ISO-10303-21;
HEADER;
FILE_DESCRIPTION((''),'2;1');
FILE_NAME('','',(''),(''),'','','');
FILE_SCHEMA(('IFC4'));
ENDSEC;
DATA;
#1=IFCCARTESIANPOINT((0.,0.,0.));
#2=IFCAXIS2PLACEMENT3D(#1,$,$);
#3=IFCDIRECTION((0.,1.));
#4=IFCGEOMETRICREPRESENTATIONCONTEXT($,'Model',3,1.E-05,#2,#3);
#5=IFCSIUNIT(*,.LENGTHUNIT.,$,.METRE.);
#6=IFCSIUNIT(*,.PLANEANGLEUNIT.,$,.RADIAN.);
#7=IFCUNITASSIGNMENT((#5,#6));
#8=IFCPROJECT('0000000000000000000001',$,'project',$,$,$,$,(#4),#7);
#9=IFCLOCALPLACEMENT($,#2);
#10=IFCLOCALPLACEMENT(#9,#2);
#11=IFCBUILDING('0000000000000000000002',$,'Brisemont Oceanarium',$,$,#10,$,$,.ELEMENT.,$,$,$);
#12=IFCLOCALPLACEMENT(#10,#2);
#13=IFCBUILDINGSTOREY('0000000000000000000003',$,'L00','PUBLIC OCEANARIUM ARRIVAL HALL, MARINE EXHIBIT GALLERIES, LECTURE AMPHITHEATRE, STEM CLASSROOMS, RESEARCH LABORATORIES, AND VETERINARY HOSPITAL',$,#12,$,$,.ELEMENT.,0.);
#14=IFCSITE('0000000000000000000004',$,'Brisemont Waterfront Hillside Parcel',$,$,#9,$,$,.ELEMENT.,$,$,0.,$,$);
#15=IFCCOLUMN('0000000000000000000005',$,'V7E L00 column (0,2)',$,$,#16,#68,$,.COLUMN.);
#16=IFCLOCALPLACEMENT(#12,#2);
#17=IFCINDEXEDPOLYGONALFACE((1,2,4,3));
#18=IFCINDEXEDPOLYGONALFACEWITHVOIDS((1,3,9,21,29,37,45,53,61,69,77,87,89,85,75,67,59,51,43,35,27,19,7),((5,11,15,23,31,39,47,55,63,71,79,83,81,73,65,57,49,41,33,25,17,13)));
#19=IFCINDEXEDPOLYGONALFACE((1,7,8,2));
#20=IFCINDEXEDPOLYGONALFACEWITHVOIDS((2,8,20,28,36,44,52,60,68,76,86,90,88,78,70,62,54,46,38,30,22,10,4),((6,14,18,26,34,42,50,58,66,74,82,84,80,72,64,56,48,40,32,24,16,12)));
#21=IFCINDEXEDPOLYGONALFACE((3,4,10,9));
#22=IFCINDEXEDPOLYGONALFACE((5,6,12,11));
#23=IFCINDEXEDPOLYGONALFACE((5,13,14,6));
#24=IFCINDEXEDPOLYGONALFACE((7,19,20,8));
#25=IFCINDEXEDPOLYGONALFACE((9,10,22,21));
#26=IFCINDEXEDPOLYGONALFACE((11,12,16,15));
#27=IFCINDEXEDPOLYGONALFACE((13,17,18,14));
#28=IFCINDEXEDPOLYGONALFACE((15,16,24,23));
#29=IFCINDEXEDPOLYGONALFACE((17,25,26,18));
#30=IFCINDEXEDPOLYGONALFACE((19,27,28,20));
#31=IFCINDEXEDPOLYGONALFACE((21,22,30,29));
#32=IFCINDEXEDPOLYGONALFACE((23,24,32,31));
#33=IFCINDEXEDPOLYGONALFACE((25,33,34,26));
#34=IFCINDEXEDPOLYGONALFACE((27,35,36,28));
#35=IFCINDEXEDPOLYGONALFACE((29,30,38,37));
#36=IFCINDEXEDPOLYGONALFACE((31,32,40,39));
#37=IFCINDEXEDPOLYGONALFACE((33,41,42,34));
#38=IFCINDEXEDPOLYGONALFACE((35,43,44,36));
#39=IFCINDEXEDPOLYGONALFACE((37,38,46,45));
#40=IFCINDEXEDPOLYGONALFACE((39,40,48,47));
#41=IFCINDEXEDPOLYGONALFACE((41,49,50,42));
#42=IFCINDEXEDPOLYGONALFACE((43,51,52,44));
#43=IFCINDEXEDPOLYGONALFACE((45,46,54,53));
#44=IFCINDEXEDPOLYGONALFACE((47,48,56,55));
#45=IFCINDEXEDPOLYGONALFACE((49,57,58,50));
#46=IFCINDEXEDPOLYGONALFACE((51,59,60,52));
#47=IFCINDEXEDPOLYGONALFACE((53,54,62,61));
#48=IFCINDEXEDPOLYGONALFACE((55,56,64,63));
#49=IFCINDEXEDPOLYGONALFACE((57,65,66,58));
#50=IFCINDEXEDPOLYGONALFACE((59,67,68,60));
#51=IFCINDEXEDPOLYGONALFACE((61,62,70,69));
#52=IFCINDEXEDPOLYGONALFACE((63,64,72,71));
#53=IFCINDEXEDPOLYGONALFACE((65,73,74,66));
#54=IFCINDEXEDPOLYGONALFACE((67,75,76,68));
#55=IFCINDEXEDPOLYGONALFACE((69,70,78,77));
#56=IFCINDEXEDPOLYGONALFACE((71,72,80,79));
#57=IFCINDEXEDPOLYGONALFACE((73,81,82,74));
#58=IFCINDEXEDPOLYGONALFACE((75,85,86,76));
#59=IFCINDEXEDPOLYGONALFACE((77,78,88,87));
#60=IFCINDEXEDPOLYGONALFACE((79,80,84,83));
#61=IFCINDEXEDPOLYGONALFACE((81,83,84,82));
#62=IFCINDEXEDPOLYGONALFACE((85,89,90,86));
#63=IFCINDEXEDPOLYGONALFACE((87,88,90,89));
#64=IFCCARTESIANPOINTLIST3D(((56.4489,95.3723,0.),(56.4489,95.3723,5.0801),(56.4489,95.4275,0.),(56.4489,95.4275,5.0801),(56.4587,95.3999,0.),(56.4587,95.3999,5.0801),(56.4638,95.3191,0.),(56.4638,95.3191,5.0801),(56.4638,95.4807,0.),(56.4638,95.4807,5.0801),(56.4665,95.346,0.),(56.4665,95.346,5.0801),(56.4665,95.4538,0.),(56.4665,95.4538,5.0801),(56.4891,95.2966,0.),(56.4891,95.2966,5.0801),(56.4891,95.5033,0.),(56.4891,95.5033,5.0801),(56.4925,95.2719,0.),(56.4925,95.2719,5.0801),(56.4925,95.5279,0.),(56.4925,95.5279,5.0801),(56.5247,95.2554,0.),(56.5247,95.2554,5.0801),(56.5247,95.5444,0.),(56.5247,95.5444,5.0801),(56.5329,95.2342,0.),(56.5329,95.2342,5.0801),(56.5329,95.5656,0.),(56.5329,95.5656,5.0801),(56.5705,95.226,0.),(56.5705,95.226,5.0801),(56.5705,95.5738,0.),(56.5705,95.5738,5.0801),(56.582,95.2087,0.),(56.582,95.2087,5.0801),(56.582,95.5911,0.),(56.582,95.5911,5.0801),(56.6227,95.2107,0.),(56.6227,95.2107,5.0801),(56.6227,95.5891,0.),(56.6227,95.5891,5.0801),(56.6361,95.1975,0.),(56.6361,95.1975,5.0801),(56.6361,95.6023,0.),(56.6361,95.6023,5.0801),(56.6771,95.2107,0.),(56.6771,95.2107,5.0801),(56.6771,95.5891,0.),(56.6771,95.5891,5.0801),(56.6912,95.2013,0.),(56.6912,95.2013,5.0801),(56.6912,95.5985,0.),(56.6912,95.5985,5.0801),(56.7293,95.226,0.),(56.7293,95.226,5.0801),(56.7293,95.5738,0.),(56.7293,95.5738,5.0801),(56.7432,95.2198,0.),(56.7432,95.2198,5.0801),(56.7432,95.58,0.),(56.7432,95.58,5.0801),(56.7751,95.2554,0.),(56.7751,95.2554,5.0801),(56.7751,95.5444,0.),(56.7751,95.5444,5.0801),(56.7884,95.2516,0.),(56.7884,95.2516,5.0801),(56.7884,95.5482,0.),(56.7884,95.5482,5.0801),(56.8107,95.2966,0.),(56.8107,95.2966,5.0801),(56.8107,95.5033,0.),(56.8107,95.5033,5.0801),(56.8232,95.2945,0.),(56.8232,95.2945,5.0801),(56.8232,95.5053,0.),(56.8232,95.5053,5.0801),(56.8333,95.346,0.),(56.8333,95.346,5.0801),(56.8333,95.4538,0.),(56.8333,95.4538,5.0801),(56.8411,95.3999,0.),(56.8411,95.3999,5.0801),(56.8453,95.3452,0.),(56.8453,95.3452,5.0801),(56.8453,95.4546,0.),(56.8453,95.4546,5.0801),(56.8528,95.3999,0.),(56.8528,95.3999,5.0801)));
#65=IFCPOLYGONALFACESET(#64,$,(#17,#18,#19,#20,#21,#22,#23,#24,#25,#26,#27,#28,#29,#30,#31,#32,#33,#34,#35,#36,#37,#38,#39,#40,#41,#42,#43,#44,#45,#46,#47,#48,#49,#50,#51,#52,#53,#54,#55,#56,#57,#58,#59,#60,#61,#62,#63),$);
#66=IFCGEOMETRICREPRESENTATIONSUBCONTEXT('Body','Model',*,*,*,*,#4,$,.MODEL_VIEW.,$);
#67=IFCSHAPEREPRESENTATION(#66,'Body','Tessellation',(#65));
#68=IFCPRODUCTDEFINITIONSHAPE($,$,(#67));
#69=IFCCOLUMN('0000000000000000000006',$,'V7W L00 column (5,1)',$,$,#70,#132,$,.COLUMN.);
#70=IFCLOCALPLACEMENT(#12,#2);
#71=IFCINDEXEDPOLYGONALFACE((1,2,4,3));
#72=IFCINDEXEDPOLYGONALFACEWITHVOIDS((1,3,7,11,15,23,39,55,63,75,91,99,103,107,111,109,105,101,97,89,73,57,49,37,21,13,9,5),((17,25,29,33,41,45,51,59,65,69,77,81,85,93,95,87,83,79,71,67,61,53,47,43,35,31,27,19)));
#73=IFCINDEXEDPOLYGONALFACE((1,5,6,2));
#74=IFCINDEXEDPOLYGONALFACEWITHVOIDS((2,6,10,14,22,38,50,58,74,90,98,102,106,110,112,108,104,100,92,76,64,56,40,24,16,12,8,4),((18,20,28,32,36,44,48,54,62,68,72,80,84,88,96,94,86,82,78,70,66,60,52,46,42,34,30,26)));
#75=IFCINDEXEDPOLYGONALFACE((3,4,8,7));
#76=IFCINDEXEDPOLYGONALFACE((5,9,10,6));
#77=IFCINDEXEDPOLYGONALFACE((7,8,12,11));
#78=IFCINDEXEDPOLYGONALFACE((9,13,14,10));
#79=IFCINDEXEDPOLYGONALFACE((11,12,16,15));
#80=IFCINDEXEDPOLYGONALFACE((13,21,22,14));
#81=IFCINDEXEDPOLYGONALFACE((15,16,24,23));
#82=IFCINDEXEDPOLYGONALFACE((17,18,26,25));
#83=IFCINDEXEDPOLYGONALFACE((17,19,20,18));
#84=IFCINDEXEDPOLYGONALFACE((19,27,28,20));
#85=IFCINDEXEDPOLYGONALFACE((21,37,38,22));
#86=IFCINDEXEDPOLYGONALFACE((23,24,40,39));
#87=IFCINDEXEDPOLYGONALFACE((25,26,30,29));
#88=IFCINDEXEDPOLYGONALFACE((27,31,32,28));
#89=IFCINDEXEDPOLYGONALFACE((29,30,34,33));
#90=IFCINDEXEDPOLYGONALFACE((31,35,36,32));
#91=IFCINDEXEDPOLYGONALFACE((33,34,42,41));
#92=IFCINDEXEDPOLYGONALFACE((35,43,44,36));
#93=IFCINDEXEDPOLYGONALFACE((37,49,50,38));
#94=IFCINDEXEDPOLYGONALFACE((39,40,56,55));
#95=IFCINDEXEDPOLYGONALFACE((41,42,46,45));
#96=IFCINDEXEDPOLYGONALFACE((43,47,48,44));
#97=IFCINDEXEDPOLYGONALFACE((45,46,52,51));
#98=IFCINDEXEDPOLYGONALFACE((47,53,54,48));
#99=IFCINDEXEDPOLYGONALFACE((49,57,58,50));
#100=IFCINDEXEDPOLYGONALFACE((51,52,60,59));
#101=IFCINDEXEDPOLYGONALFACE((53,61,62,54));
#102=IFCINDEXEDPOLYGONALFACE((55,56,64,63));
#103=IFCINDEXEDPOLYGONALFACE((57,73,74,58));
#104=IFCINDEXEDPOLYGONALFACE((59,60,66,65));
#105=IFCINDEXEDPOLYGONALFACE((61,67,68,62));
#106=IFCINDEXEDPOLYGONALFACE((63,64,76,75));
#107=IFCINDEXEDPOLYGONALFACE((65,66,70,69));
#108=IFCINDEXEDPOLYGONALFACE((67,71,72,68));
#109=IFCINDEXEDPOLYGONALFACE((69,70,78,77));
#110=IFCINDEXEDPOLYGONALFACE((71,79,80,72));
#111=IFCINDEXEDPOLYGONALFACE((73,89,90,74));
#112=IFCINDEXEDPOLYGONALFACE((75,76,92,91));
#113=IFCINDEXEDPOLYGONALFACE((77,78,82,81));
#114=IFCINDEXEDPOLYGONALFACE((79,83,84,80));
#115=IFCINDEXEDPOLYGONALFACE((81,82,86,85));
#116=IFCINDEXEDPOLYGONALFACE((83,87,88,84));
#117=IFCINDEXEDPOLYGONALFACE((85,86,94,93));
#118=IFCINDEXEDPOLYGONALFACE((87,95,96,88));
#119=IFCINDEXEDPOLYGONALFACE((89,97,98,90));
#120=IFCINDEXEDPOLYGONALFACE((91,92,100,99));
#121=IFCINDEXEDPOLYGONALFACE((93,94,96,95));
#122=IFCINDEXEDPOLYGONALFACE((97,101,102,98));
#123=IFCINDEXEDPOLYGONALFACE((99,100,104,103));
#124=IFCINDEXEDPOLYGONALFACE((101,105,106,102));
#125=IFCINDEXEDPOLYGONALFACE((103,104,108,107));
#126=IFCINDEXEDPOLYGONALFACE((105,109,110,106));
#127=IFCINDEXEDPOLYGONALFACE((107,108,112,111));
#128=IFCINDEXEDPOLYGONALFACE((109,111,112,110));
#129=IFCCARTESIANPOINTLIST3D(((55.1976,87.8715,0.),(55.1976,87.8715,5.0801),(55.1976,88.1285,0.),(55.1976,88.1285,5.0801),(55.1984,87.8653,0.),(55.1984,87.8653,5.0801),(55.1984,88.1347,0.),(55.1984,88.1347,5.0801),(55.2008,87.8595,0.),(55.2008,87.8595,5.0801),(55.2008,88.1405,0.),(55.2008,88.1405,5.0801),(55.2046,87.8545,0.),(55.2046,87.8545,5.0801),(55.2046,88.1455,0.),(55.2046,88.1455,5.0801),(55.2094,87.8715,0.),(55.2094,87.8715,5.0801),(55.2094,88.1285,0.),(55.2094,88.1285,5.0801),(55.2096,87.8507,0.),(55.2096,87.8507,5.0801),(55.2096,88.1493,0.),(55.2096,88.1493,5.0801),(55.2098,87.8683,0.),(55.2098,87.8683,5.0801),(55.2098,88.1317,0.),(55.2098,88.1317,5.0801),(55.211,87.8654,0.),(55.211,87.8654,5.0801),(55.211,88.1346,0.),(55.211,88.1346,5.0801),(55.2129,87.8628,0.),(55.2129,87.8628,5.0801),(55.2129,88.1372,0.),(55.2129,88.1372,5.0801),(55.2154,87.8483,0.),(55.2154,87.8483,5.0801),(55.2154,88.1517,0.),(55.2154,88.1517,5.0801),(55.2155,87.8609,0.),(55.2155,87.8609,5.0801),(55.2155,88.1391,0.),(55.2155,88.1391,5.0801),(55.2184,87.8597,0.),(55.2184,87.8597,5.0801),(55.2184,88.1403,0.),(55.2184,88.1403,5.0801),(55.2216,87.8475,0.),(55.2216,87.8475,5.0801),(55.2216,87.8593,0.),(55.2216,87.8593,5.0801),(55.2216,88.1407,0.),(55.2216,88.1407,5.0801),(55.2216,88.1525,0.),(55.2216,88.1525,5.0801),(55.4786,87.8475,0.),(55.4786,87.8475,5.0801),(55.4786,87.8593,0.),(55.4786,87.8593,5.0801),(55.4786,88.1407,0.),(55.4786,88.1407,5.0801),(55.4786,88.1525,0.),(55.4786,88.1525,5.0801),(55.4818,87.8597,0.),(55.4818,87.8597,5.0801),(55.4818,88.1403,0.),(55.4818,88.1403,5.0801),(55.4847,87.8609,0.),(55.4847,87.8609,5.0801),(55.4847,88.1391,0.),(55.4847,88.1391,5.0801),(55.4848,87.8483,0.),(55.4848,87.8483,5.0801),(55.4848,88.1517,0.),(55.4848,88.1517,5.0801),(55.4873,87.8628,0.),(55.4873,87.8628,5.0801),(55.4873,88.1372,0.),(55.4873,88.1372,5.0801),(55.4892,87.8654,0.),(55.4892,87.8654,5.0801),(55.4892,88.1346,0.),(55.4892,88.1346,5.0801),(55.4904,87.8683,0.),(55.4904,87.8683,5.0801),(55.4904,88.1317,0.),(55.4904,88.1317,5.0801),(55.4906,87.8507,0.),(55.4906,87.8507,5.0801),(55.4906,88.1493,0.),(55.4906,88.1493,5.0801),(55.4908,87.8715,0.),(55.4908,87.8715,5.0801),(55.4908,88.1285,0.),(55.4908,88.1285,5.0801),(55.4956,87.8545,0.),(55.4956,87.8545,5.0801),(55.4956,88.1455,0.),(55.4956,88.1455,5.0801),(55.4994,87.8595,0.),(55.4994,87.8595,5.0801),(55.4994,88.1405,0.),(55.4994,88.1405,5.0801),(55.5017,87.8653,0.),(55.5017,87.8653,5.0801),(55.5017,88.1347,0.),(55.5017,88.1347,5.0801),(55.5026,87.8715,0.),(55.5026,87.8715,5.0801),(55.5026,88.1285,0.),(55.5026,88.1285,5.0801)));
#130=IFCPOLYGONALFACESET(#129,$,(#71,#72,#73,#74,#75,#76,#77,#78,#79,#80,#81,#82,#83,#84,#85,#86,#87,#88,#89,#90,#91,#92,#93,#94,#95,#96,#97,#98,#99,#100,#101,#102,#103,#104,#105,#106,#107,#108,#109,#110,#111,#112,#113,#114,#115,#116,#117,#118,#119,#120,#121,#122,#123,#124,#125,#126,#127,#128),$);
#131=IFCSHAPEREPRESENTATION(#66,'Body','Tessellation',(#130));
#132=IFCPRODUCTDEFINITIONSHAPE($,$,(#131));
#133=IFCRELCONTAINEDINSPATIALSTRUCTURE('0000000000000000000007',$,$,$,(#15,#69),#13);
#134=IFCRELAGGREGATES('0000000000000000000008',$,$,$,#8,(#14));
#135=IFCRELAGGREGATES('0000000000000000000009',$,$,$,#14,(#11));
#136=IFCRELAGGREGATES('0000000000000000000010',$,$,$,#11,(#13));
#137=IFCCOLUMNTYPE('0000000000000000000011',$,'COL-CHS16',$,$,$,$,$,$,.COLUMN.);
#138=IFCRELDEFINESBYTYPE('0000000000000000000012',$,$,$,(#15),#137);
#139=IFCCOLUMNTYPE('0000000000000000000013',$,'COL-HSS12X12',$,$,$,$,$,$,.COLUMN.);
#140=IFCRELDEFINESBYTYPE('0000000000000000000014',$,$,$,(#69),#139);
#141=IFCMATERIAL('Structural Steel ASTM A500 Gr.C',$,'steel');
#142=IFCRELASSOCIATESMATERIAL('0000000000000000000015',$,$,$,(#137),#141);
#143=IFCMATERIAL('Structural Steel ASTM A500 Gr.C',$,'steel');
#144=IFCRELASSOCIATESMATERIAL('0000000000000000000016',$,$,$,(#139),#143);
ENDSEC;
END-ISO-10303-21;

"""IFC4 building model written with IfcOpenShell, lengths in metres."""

from ifc_helpers import new_model, si_unit, direction, frame, origin, origin_2d, place, context, subcontext, project, spatial, hollow_rectangle, hollow_circle, extrude, material, material_profile, profile_set, type_object, element, save


model = new_model("IFC4")

# Units and contexts
model_context = context("Model", 3, precision=1e-05, world=origin(), true_north=direction((0.0, 1.0)))
body_context = subcontext(model_context, "Body", "Model", "MODEL_VIEW")
ifc_project = project(units=[si_unit("LENGTHUNIT", "METRE"), si_unit("PLANEANGLEUNIT", "RADIAN")], contexts=[model_context])

# Site, building, storey
site_placement = place(None, origin())
site = spatial("IfcSite", under=ifc_project, at=site_placement, Name="Brisemont Waterfront Hillside Parcel", CompositionType="ELEMENT", RefElevation=0.0)
building_placement = place(site_placement, origin())
building = spatial("IfcBuilding", under=site, at=building_placement, Name="Brisemont Oceanarium", CompositionType="ELEMENT")
storey_placement = place(building_placement, origin())
storey = spatial("IfcBuildingStorey", under=building, at=storey_placement, Name="L00", Description="PUBLIC OCEANARIUM ARRIVAL HALL, MARINE EXHIBIT GALLERIES, LECTURE AMPHITHEATRE, STEM CLASSROOMS, RESEARCH LABORATORIES, AND VETERINARY HOSPITAL", CompositionType="ELEMENT", Elevation=0.0)

# Columns
ifc_material_1 = material(Name="Structural Steel ASTM A500 Gr.C", Category="steel")
ifc_material_profile_1 = material_profile(ifc_material_1, hollow_circle(Radius=0.2029, WallThickness=0.0117, at=origin_2d()), Name="HSS16.000X0.500")
ifc_profile_set_1 = profile_set([ifc_material_profile_1], Name="Structural Steel ASTM A500 Gr.C")
column_type_1 = type_object("IfcColumnType", Name="COL-CHS16", PredefinedType="COLUMN", material=ifc_profile_set_1)
column_1_placement = place(storey_placement, frame((56.6499, 95.3999, 0.0), z_axis=(0.0, 0.0, 1.0), x_axis=(1.0, 0.0, 0.0)))
element("IfcColumn", 1, at=column_1_placement, inside=storey, type_object=column_type_1, Name="V7E L00 column (0,2)", PredefinedType="COLUMN", context=body_context, shape_type="SweptSolid", body=[
    extrude(hollow_circle(Radius=0.2029, WallThickness=0.0117, at=origin_2d()), origin(), (0.0, 0.0, 1.0), 5.0801),
])
ifc_material_2 = material(Name="Structural Steel ASTM A500 Gr.C", Category="steel")
ifc_material_profile_2 = material_profile(ifc_material_2, hollow_rectangle(XDim=0.3049, YDim=0.3049, WallThickness=0.0117, InnerFilletRadius=0.0122, OuterFilletRadius=0.0239, at=origin_2d()), Name="HSS12X12X1/2")
ifc_profile_set_2 = profile_set([ifc_material_profile_2], Name="Structural Steel ASTM A500 Gr.C")
column_type_2 = type_object("IfcColumnType", Name="COL-HSS12X12", PredefinedType="COLUMN", material=ifc_profile_set_2)
column_2_placement = place(storey_placement, frame((55.3501, 88.0, 0.0), z_axis=(0.0, 0.0, 1.0), x_axis=(1.0, 0.0, 0.0)))
element("IfcColumn", 2, at=column_2_placement, inside=storey, type_object=column_type_2, Name="V7W L00 column (5,1)", PredefinedType="COLUMN", context=body_context, shape_type="SweptSolid", body=[
    extrude(hollow_rectangle(XDim=0.3049, YDim=0.3049, WallThickness=0.0117, InnerFilletRadius=0.0122, OuterFilletRadius=0.0239, at=origin_2d()), origin(), (0.0, 0.0, 1.0), 5.0801),
])

save(model, "model.ifc")
